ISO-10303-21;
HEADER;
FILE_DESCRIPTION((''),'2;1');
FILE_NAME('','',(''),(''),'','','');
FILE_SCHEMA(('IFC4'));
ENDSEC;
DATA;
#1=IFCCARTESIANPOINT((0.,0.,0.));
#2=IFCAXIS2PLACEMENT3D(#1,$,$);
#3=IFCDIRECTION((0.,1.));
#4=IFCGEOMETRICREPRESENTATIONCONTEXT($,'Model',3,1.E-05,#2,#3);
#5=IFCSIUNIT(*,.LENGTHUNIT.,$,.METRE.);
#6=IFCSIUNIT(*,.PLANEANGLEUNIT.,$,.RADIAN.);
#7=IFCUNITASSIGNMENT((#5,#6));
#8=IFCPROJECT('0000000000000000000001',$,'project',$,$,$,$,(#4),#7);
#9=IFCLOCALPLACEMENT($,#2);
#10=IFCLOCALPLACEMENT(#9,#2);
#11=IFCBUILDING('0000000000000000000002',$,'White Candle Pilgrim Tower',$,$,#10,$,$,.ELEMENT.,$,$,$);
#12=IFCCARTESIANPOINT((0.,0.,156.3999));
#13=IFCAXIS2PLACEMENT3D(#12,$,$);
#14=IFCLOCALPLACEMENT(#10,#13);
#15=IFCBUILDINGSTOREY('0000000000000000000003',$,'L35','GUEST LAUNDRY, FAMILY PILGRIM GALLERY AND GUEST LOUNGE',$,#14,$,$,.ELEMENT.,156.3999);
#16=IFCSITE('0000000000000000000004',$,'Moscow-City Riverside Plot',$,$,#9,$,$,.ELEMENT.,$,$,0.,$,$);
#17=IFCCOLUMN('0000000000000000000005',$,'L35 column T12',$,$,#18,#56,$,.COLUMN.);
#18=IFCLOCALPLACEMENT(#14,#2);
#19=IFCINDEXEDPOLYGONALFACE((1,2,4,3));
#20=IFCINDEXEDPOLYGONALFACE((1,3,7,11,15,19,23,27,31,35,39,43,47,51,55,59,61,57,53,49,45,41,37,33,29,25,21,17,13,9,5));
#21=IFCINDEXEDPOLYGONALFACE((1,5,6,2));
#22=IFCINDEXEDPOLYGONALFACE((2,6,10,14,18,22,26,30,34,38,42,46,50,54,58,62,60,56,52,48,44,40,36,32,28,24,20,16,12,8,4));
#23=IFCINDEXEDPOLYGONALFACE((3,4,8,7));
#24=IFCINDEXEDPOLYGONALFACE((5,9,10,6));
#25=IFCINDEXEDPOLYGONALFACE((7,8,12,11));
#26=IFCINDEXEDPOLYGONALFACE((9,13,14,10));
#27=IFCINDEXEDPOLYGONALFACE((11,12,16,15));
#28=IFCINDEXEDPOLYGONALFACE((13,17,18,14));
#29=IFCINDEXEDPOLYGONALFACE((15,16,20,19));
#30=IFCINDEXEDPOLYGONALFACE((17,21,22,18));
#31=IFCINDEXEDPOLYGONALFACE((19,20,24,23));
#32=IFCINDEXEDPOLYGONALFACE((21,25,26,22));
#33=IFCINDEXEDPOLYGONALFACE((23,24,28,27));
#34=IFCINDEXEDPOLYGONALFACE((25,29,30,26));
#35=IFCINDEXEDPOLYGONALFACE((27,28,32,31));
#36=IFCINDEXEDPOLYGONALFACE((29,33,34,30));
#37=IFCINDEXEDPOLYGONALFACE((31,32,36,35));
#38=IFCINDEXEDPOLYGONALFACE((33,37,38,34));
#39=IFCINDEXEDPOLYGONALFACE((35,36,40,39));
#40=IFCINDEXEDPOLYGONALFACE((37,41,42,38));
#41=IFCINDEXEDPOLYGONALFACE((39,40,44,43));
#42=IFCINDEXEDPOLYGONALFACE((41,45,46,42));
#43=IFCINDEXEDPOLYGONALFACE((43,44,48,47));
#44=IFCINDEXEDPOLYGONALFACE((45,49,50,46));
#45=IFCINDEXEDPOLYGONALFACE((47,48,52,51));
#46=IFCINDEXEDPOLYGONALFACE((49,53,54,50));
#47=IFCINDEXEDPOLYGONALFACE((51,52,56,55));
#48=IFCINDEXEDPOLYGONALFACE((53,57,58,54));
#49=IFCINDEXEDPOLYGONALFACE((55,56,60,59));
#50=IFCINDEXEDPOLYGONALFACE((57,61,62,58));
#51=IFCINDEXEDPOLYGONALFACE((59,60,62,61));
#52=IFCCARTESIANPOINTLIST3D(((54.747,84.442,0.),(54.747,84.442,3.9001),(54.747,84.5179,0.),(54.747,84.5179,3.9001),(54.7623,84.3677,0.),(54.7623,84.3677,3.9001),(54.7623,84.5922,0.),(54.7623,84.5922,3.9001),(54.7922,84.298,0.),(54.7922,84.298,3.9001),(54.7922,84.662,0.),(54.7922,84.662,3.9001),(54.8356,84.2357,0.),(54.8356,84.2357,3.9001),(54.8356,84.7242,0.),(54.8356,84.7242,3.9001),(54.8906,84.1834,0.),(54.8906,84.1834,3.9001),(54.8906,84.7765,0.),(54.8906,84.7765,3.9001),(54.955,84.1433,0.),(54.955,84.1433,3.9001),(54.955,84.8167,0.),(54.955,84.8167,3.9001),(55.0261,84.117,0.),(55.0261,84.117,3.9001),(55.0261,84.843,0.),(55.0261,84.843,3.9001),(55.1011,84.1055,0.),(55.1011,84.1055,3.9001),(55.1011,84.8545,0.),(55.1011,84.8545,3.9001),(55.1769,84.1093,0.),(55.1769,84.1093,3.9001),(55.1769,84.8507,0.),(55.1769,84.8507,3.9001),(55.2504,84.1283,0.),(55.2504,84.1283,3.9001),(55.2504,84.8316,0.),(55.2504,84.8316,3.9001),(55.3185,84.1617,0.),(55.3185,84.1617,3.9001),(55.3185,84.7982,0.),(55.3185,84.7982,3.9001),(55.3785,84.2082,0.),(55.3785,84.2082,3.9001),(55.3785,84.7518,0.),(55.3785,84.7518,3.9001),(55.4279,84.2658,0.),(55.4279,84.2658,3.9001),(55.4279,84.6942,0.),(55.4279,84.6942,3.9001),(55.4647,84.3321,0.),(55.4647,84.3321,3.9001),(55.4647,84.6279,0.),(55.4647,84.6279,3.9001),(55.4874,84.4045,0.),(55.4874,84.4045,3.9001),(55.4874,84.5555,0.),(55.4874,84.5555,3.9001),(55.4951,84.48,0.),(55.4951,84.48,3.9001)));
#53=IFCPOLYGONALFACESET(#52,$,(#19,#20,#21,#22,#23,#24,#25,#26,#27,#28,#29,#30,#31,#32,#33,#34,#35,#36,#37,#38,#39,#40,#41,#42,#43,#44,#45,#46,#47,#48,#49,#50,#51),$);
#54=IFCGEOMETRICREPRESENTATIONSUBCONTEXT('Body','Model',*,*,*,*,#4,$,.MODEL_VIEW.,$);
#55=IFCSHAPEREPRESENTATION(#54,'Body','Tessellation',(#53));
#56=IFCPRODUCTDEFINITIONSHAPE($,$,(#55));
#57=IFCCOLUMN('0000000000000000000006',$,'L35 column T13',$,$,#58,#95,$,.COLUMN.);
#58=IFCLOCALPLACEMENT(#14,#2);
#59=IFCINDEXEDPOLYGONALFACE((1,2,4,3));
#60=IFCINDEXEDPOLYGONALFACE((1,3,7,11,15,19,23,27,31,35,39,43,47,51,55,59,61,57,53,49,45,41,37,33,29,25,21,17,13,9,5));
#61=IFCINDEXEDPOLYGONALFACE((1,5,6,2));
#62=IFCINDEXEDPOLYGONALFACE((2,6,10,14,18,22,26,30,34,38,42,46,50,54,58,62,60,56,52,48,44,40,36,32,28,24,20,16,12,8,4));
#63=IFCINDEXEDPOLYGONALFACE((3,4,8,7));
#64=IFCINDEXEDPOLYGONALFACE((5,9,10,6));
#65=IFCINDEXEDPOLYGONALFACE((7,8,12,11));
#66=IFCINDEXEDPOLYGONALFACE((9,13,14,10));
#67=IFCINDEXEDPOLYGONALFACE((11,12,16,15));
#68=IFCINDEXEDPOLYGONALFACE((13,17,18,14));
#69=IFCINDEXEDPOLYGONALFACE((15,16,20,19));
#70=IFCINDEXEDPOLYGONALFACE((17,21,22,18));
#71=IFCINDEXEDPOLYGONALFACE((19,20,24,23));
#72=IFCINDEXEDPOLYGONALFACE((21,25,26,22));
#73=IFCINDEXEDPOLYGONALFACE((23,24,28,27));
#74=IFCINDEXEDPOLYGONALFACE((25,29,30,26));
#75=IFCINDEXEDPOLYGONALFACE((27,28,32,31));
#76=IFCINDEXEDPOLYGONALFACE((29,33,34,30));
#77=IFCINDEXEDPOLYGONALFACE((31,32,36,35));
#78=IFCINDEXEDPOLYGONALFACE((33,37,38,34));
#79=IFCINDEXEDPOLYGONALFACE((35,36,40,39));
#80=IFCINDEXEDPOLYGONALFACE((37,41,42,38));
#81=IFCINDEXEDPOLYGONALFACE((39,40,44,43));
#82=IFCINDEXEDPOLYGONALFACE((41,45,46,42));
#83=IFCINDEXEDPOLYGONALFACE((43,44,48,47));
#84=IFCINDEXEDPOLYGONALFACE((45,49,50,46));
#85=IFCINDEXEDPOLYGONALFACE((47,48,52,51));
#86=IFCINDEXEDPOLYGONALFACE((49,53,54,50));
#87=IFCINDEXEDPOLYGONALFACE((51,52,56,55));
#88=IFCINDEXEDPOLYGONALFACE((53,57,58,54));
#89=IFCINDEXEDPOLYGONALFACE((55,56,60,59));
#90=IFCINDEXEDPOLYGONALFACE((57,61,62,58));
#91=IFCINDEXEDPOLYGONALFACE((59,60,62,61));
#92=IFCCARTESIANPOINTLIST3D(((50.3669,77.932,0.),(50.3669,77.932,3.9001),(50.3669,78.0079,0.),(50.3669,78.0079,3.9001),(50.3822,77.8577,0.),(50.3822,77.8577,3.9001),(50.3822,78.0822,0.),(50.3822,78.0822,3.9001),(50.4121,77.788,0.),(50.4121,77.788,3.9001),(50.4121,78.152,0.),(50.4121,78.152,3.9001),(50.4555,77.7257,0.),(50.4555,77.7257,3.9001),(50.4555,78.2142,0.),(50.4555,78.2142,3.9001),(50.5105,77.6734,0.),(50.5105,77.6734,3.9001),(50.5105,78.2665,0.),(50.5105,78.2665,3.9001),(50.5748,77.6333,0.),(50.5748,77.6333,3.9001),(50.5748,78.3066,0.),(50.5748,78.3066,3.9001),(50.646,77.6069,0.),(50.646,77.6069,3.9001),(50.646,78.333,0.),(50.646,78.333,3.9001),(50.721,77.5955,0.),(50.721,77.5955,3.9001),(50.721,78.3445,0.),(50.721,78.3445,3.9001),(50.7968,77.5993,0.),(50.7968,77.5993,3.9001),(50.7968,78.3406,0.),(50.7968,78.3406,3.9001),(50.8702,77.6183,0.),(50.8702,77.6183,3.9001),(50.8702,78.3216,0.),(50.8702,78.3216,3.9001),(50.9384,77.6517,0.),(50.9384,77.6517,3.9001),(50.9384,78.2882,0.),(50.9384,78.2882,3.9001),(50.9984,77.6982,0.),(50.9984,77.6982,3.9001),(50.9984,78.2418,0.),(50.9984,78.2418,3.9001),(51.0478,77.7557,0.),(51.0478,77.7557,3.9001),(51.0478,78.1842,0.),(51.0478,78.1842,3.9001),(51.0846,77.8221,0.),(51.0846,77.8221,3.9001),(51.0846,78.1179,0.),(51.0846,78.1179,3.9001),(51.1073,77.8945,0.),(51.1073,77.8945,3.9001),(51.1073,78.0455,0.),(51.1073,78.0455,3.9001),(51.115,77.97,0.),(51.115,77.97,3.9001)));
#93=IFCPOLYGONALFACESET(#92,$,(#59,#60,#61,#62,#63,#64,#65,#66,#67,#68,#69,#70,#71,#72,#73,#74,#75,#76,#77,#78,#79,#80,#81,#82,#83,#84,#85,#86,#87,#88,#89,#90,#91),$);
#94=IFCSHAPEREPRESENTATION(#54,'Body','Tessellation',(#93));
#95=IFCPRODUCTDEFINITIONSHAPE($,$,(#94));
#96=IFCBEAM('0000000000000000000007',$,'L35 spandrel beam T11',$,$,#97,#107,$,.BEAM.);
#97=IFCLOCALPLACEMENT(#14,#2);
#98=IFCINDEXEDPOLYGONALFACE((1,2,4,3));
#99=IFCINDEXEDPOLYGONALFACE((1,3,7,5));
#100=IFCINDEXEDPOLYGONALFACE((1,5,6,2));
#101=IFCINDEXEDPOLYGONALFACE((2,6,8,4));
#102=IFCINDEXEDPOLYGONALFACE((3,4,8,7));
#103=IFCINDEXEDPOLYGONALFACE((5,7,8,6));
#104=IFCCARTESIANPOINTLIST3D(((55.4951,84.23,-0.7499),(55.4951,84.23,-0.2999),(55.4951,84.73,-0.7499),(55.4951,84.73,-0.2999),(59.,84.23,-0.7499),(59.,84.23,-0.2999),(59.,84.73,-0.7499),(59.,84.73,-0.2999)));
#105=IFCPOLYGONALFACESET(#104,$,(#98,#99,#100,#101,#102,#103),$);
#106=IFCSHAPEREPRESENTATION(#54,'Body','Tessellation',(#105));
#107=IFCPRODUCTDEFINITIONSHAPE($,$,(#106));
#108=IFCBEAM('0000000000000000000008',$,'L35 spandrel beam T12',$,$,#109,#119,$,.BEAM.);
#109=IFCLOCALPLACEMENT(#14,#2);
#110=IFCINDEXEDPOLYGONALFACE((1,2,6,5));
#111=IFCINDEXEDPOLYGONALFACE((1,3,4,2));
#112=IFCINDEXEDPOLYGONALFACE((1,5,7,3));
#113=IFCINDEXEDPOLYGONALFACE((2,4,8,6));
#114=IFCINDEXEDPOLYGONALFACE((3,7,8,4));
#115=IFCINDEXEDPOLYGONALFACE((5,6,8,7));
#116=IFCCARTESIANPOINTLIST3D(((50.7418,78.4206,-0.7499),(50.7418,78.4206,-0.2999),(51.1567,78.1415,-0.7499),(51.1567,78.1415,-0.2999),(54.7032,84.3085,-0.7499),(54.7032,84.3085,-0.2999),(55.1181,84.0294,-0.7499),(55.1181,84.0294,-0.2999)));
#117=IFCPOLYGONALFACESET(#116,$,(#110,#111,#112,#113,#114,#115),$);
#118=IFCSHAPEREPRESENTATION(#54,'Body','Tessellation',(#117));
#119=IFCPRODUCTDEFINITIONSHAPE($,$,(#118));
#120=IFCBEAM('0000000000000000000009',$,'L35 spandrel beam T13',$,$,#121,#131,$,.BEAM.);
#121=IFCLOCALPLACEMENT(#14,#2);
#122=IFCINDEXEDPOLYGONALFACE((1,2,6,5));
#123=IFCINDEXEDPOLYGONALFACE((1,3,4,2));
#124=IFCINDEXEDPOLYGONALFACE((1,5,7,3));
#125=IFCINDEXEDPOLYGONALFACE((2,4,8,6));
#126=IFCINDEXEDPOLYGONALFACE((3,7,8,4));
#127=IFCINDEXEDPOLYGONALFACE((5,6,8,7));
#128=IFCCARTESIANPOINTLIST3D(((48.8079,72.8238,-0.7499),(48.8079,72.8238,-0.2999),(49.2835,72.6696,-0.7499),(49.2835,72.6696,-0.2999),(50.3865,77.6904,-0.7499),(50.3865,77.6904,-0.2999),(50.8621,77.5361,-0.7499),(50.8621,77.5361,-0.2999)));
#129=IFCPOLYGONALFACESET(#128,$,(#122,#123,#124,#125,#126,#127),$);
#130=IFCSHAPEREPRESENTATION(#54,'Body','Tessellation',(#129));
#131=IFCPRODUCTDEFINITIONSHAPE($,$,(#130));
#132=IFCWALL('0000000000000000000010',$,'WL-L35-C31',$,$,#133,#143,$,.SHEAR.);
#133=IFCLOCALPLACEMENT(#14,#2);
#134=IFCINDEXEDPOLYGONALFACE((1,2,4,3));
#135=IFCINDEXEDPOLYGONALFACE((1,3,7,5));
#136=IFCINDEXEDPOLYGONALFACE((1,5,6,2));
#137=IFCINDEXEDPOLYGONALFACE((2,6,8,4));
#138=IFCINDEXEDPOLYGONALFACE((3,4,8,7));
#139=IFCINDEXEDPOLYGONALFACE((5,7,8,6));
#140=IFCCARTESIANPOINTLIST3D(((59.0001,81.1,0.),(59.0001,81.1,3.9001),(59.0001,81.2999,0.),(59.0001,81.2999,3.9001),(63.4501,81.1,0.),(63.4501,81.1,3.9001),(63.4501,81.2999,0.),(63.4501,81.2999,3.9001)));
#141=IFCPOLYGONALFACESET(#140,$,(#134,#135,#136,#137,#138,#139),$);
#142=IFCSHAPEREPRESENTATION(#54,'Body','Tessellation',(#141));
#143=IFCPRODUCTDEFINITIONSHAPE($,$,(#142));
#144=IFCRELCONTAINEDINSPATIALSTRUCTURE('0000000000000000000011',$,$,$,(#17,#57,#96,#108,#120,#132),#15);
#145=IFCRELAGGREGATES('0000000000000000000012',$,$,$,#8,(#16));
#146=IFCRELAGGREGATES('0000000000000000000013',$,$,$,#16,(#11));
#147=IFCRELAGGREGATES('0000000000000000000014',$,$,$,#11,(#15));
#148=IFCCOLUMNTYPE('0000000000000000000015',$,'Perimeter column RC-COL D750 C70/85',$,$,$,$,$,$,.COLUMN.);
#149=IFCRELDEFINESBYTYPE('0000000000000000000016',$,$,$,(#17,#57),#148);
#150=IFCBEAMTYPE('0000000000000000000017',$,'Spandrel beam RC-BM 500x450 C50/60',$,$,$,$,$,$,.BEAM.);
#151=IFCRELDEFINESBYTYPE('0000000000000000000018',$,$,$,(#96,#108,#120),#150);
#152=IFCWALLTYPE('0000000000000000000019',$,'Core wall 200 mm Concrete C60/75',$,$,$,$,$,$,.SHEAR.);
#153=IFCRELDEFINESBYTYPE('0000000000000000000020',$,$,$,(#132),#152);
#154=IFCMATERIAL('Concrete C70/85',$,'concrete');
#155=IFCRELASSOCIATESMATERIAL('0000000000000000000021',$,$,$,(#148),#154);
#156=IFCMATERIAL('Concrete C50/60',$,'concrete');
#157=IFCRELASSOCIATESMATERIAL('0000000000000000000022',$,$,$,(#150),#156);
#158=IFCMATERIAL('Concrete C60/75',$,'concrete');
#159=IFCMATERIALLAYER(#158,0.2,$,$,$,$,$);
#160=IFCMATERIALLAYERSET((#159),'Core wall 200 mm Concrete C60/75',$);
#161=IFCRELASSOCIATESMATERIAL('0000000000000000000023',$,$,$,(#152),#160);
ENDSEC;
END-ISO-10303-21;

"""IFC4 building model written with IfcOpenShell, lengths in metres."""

from ifc_helpers import new_model, si_unit, direction, frame, frame_2d, origin, origin_2d, place, context, subcontext, project, spatial, rectangle, circle, extrude, material, layer, layer_set, material_profile, profile_set, type_object, element, save


model = new_model("IFC4")

# Units and contexts
model_context = context("Model", 3, precision=1e-05, world=origin(), true_north=direction((0.0, 1.0)))
body_context = subcontext(model_context, "Body", "Model", "MODEL_VIEW")
ifc_project = project(units=[si_unit("LENGTHUNIT", "METRE"), si_unit("PLANEANGLEUNIT", "RADIAN")], contexts=[model_context])

# Site, building, storey
site_placement = place(None, origin())
site = spatial("IfcSite", under=ifc_project, at=site_placement, Name="Moscow-City Riverside Plot", CompositionType="ELEMENT", RefElevation=0.0)
building_placement = place(site_placement, origin())
building = spatial("IfcBuilding", under=site, at=building_placement, Name="White Candle Pilgrim Tower", CompositionType="ELEMENT")
storey_placement = place(building_placement, frame((0.0, 0.0, 156.3999)))
storey = spatial("IfcBuildingStorey", under=building, at=storey_placement, Name="L35", Description="GUEST LAUNDRY, FAMILY PILGRIM GALLERY AND GUEST LOUNGE", CompositionType="ELEMENT", Elevation=156.3999)

# Columns
ifc_material_1 = material(Name="Concrete C70/85", Category="concrete")
ifc_material_profile_1 = material_profile(ifc_material_1, circle(Radius=0.375, at=origin_2d()), Name="RC-COL D750")
ifc_profile_set_1 = profile_set([ifc_material_profile_1], Name="Concrete C70/85")
column_type = type_object("IfcColumnType", Name="Perimeter column RC-COL D750 C70/85", PredefinedType="COLUMN", material=ifc_profile_set_1)
for number, where, z_axis, x_axis, name in (
    (1, (55.1201, 84.48, 0.0), (0.0, 0.0, 1.0), (1.0, 0.0, 0.0), "L35 column T12"),
    (2, (50.74, 77.97, 0.0), (0.0, 0.0, 1.0), (1.0, 0.0, 0.0), "L35 column T13"),
):
    element("IfcColumn", number, at=place(storey_placement, frame(where, z_axis=z_axis, x_axis=x_axis)), inside=storey, type_object=column_type, Name=name, PredefinedType="COLUMN", context=body_context, shape_type="SweptSolid", body=[
        extrude(circle(Radius=0.375, at=origin_2d()), origin(), (0.0, 0.0, 1.0), 3.9001),
    ])

# Beams
ifc_material_2 = material(Name="Concrete C50/60", Category="concrete")
ifc_material_profile_2 = material_profile(ifc_material_2, rectangle(XDim=0.5, YDim=0.45, at=origin_2d()), Name="RC-BM 500x450")
ifc_profile_set_2 = profile_set([ifc_material_profile_2], Name="Concrete C50/60")
beam_type = type_object("IfcBeamType", Name="Spandrel beam RC-BM 500x450 C50/60", PredefinedType="BEAM", material=ifc_profile_set_2)
beam_1_placement = place(storey_placement, frame((55.4951, 84.48, -0.5249), z_axis=(1.0, 0.0, 0.0), x_axis=(0.0, 1.0, 0.0)))
element("IfcBeam", 3, at=beam_1_placement, inside=storey, type_object=beam_type, Name="L35 spandrel beam T11", PredefinedType="BEAM", context=body_context, shape_type="SweptSolid", body=[
    extrude(rectangle(XDim=0.5, YDim=0.45, at=origin_2d()), origin(), (0.0, 0.0, 1.0), 3.5049),
])
beam_2_placement = place(storey_placement, frame((54.9106, 84.1689, -0.5249), z_axis=(-0.55822, -0.829693, 0.0), x_axis=(0.829693, -0.55822, 0.0)))
element("IfcBeam", 4, at=beam_2_placement, inside=storey, type_object=beam_type, Name="L35 spandrel beam T12", PredefinedType="BEAM", context=body_context, shape_type="SweptSolid", body=[
    extrude(rectangle(XDim=0.5, YDim=0.45, at=origin_2d()), origin(), (0.0, 0.0, 1.0), 7.0964),
])
beam_3_placement = place(storey_placement, frame((50.6243, 77.6133, -0.5249), z_axis=(-0.308544, -0.95121, 0.0), x_axis=(0.95121, -0.308544, 0.0)))
element("IfcBeam", 5, at=beam_3_placement, inside=storey, type_object=beam_type, Name="L35 spandrel beam T13", PredefinedType="BEAM", context=body_context, shape_type="SweptSolid", body=[
    extrude(rectangle(XDim=0.5, YDim=0.45, at=origin_2d()), origin(), (0.0, 0.0, 1.0), 5.1162),
])

# Wall
ifc_material_3 = material(Name="Concrete C60/75", Category="concrete")
ifc_layer_1 = layer(ifc_material_3, 0.2)
ifc_layer_set_1 = layer_set([ifc_layer_1], Name="Core wall 200 mm Concrete C60/75")
wall_type_1 = type_object("IfcWallType", Name="Core wall 200 mm Concrete C60/75", PredefinedType="SHEAR", material=ifc_layer_set_1)
wall_1_placement = place(storey_placement, frame((59.0, 81.2, 0.0), z_axis=(0.0, 0.0, 1.0), x_axis=(1.0, 0.0, 0.0)))
element("IfcWall", 6, at=wall_1_placement, inside=storey, type_object=wall_type_1, Name="WL-L35-C31", PredefinedType="SHEAR", context=body_context, shape_type="SweptSolid", body=[
    extrude(rectangle(XDim=4.45, YDim=0.2, at=frame_2d((2.2251, 0.0))), origin(), (0.0, 0.0, 1.0), 3.9001),
])

save(model, "model.ifc")
